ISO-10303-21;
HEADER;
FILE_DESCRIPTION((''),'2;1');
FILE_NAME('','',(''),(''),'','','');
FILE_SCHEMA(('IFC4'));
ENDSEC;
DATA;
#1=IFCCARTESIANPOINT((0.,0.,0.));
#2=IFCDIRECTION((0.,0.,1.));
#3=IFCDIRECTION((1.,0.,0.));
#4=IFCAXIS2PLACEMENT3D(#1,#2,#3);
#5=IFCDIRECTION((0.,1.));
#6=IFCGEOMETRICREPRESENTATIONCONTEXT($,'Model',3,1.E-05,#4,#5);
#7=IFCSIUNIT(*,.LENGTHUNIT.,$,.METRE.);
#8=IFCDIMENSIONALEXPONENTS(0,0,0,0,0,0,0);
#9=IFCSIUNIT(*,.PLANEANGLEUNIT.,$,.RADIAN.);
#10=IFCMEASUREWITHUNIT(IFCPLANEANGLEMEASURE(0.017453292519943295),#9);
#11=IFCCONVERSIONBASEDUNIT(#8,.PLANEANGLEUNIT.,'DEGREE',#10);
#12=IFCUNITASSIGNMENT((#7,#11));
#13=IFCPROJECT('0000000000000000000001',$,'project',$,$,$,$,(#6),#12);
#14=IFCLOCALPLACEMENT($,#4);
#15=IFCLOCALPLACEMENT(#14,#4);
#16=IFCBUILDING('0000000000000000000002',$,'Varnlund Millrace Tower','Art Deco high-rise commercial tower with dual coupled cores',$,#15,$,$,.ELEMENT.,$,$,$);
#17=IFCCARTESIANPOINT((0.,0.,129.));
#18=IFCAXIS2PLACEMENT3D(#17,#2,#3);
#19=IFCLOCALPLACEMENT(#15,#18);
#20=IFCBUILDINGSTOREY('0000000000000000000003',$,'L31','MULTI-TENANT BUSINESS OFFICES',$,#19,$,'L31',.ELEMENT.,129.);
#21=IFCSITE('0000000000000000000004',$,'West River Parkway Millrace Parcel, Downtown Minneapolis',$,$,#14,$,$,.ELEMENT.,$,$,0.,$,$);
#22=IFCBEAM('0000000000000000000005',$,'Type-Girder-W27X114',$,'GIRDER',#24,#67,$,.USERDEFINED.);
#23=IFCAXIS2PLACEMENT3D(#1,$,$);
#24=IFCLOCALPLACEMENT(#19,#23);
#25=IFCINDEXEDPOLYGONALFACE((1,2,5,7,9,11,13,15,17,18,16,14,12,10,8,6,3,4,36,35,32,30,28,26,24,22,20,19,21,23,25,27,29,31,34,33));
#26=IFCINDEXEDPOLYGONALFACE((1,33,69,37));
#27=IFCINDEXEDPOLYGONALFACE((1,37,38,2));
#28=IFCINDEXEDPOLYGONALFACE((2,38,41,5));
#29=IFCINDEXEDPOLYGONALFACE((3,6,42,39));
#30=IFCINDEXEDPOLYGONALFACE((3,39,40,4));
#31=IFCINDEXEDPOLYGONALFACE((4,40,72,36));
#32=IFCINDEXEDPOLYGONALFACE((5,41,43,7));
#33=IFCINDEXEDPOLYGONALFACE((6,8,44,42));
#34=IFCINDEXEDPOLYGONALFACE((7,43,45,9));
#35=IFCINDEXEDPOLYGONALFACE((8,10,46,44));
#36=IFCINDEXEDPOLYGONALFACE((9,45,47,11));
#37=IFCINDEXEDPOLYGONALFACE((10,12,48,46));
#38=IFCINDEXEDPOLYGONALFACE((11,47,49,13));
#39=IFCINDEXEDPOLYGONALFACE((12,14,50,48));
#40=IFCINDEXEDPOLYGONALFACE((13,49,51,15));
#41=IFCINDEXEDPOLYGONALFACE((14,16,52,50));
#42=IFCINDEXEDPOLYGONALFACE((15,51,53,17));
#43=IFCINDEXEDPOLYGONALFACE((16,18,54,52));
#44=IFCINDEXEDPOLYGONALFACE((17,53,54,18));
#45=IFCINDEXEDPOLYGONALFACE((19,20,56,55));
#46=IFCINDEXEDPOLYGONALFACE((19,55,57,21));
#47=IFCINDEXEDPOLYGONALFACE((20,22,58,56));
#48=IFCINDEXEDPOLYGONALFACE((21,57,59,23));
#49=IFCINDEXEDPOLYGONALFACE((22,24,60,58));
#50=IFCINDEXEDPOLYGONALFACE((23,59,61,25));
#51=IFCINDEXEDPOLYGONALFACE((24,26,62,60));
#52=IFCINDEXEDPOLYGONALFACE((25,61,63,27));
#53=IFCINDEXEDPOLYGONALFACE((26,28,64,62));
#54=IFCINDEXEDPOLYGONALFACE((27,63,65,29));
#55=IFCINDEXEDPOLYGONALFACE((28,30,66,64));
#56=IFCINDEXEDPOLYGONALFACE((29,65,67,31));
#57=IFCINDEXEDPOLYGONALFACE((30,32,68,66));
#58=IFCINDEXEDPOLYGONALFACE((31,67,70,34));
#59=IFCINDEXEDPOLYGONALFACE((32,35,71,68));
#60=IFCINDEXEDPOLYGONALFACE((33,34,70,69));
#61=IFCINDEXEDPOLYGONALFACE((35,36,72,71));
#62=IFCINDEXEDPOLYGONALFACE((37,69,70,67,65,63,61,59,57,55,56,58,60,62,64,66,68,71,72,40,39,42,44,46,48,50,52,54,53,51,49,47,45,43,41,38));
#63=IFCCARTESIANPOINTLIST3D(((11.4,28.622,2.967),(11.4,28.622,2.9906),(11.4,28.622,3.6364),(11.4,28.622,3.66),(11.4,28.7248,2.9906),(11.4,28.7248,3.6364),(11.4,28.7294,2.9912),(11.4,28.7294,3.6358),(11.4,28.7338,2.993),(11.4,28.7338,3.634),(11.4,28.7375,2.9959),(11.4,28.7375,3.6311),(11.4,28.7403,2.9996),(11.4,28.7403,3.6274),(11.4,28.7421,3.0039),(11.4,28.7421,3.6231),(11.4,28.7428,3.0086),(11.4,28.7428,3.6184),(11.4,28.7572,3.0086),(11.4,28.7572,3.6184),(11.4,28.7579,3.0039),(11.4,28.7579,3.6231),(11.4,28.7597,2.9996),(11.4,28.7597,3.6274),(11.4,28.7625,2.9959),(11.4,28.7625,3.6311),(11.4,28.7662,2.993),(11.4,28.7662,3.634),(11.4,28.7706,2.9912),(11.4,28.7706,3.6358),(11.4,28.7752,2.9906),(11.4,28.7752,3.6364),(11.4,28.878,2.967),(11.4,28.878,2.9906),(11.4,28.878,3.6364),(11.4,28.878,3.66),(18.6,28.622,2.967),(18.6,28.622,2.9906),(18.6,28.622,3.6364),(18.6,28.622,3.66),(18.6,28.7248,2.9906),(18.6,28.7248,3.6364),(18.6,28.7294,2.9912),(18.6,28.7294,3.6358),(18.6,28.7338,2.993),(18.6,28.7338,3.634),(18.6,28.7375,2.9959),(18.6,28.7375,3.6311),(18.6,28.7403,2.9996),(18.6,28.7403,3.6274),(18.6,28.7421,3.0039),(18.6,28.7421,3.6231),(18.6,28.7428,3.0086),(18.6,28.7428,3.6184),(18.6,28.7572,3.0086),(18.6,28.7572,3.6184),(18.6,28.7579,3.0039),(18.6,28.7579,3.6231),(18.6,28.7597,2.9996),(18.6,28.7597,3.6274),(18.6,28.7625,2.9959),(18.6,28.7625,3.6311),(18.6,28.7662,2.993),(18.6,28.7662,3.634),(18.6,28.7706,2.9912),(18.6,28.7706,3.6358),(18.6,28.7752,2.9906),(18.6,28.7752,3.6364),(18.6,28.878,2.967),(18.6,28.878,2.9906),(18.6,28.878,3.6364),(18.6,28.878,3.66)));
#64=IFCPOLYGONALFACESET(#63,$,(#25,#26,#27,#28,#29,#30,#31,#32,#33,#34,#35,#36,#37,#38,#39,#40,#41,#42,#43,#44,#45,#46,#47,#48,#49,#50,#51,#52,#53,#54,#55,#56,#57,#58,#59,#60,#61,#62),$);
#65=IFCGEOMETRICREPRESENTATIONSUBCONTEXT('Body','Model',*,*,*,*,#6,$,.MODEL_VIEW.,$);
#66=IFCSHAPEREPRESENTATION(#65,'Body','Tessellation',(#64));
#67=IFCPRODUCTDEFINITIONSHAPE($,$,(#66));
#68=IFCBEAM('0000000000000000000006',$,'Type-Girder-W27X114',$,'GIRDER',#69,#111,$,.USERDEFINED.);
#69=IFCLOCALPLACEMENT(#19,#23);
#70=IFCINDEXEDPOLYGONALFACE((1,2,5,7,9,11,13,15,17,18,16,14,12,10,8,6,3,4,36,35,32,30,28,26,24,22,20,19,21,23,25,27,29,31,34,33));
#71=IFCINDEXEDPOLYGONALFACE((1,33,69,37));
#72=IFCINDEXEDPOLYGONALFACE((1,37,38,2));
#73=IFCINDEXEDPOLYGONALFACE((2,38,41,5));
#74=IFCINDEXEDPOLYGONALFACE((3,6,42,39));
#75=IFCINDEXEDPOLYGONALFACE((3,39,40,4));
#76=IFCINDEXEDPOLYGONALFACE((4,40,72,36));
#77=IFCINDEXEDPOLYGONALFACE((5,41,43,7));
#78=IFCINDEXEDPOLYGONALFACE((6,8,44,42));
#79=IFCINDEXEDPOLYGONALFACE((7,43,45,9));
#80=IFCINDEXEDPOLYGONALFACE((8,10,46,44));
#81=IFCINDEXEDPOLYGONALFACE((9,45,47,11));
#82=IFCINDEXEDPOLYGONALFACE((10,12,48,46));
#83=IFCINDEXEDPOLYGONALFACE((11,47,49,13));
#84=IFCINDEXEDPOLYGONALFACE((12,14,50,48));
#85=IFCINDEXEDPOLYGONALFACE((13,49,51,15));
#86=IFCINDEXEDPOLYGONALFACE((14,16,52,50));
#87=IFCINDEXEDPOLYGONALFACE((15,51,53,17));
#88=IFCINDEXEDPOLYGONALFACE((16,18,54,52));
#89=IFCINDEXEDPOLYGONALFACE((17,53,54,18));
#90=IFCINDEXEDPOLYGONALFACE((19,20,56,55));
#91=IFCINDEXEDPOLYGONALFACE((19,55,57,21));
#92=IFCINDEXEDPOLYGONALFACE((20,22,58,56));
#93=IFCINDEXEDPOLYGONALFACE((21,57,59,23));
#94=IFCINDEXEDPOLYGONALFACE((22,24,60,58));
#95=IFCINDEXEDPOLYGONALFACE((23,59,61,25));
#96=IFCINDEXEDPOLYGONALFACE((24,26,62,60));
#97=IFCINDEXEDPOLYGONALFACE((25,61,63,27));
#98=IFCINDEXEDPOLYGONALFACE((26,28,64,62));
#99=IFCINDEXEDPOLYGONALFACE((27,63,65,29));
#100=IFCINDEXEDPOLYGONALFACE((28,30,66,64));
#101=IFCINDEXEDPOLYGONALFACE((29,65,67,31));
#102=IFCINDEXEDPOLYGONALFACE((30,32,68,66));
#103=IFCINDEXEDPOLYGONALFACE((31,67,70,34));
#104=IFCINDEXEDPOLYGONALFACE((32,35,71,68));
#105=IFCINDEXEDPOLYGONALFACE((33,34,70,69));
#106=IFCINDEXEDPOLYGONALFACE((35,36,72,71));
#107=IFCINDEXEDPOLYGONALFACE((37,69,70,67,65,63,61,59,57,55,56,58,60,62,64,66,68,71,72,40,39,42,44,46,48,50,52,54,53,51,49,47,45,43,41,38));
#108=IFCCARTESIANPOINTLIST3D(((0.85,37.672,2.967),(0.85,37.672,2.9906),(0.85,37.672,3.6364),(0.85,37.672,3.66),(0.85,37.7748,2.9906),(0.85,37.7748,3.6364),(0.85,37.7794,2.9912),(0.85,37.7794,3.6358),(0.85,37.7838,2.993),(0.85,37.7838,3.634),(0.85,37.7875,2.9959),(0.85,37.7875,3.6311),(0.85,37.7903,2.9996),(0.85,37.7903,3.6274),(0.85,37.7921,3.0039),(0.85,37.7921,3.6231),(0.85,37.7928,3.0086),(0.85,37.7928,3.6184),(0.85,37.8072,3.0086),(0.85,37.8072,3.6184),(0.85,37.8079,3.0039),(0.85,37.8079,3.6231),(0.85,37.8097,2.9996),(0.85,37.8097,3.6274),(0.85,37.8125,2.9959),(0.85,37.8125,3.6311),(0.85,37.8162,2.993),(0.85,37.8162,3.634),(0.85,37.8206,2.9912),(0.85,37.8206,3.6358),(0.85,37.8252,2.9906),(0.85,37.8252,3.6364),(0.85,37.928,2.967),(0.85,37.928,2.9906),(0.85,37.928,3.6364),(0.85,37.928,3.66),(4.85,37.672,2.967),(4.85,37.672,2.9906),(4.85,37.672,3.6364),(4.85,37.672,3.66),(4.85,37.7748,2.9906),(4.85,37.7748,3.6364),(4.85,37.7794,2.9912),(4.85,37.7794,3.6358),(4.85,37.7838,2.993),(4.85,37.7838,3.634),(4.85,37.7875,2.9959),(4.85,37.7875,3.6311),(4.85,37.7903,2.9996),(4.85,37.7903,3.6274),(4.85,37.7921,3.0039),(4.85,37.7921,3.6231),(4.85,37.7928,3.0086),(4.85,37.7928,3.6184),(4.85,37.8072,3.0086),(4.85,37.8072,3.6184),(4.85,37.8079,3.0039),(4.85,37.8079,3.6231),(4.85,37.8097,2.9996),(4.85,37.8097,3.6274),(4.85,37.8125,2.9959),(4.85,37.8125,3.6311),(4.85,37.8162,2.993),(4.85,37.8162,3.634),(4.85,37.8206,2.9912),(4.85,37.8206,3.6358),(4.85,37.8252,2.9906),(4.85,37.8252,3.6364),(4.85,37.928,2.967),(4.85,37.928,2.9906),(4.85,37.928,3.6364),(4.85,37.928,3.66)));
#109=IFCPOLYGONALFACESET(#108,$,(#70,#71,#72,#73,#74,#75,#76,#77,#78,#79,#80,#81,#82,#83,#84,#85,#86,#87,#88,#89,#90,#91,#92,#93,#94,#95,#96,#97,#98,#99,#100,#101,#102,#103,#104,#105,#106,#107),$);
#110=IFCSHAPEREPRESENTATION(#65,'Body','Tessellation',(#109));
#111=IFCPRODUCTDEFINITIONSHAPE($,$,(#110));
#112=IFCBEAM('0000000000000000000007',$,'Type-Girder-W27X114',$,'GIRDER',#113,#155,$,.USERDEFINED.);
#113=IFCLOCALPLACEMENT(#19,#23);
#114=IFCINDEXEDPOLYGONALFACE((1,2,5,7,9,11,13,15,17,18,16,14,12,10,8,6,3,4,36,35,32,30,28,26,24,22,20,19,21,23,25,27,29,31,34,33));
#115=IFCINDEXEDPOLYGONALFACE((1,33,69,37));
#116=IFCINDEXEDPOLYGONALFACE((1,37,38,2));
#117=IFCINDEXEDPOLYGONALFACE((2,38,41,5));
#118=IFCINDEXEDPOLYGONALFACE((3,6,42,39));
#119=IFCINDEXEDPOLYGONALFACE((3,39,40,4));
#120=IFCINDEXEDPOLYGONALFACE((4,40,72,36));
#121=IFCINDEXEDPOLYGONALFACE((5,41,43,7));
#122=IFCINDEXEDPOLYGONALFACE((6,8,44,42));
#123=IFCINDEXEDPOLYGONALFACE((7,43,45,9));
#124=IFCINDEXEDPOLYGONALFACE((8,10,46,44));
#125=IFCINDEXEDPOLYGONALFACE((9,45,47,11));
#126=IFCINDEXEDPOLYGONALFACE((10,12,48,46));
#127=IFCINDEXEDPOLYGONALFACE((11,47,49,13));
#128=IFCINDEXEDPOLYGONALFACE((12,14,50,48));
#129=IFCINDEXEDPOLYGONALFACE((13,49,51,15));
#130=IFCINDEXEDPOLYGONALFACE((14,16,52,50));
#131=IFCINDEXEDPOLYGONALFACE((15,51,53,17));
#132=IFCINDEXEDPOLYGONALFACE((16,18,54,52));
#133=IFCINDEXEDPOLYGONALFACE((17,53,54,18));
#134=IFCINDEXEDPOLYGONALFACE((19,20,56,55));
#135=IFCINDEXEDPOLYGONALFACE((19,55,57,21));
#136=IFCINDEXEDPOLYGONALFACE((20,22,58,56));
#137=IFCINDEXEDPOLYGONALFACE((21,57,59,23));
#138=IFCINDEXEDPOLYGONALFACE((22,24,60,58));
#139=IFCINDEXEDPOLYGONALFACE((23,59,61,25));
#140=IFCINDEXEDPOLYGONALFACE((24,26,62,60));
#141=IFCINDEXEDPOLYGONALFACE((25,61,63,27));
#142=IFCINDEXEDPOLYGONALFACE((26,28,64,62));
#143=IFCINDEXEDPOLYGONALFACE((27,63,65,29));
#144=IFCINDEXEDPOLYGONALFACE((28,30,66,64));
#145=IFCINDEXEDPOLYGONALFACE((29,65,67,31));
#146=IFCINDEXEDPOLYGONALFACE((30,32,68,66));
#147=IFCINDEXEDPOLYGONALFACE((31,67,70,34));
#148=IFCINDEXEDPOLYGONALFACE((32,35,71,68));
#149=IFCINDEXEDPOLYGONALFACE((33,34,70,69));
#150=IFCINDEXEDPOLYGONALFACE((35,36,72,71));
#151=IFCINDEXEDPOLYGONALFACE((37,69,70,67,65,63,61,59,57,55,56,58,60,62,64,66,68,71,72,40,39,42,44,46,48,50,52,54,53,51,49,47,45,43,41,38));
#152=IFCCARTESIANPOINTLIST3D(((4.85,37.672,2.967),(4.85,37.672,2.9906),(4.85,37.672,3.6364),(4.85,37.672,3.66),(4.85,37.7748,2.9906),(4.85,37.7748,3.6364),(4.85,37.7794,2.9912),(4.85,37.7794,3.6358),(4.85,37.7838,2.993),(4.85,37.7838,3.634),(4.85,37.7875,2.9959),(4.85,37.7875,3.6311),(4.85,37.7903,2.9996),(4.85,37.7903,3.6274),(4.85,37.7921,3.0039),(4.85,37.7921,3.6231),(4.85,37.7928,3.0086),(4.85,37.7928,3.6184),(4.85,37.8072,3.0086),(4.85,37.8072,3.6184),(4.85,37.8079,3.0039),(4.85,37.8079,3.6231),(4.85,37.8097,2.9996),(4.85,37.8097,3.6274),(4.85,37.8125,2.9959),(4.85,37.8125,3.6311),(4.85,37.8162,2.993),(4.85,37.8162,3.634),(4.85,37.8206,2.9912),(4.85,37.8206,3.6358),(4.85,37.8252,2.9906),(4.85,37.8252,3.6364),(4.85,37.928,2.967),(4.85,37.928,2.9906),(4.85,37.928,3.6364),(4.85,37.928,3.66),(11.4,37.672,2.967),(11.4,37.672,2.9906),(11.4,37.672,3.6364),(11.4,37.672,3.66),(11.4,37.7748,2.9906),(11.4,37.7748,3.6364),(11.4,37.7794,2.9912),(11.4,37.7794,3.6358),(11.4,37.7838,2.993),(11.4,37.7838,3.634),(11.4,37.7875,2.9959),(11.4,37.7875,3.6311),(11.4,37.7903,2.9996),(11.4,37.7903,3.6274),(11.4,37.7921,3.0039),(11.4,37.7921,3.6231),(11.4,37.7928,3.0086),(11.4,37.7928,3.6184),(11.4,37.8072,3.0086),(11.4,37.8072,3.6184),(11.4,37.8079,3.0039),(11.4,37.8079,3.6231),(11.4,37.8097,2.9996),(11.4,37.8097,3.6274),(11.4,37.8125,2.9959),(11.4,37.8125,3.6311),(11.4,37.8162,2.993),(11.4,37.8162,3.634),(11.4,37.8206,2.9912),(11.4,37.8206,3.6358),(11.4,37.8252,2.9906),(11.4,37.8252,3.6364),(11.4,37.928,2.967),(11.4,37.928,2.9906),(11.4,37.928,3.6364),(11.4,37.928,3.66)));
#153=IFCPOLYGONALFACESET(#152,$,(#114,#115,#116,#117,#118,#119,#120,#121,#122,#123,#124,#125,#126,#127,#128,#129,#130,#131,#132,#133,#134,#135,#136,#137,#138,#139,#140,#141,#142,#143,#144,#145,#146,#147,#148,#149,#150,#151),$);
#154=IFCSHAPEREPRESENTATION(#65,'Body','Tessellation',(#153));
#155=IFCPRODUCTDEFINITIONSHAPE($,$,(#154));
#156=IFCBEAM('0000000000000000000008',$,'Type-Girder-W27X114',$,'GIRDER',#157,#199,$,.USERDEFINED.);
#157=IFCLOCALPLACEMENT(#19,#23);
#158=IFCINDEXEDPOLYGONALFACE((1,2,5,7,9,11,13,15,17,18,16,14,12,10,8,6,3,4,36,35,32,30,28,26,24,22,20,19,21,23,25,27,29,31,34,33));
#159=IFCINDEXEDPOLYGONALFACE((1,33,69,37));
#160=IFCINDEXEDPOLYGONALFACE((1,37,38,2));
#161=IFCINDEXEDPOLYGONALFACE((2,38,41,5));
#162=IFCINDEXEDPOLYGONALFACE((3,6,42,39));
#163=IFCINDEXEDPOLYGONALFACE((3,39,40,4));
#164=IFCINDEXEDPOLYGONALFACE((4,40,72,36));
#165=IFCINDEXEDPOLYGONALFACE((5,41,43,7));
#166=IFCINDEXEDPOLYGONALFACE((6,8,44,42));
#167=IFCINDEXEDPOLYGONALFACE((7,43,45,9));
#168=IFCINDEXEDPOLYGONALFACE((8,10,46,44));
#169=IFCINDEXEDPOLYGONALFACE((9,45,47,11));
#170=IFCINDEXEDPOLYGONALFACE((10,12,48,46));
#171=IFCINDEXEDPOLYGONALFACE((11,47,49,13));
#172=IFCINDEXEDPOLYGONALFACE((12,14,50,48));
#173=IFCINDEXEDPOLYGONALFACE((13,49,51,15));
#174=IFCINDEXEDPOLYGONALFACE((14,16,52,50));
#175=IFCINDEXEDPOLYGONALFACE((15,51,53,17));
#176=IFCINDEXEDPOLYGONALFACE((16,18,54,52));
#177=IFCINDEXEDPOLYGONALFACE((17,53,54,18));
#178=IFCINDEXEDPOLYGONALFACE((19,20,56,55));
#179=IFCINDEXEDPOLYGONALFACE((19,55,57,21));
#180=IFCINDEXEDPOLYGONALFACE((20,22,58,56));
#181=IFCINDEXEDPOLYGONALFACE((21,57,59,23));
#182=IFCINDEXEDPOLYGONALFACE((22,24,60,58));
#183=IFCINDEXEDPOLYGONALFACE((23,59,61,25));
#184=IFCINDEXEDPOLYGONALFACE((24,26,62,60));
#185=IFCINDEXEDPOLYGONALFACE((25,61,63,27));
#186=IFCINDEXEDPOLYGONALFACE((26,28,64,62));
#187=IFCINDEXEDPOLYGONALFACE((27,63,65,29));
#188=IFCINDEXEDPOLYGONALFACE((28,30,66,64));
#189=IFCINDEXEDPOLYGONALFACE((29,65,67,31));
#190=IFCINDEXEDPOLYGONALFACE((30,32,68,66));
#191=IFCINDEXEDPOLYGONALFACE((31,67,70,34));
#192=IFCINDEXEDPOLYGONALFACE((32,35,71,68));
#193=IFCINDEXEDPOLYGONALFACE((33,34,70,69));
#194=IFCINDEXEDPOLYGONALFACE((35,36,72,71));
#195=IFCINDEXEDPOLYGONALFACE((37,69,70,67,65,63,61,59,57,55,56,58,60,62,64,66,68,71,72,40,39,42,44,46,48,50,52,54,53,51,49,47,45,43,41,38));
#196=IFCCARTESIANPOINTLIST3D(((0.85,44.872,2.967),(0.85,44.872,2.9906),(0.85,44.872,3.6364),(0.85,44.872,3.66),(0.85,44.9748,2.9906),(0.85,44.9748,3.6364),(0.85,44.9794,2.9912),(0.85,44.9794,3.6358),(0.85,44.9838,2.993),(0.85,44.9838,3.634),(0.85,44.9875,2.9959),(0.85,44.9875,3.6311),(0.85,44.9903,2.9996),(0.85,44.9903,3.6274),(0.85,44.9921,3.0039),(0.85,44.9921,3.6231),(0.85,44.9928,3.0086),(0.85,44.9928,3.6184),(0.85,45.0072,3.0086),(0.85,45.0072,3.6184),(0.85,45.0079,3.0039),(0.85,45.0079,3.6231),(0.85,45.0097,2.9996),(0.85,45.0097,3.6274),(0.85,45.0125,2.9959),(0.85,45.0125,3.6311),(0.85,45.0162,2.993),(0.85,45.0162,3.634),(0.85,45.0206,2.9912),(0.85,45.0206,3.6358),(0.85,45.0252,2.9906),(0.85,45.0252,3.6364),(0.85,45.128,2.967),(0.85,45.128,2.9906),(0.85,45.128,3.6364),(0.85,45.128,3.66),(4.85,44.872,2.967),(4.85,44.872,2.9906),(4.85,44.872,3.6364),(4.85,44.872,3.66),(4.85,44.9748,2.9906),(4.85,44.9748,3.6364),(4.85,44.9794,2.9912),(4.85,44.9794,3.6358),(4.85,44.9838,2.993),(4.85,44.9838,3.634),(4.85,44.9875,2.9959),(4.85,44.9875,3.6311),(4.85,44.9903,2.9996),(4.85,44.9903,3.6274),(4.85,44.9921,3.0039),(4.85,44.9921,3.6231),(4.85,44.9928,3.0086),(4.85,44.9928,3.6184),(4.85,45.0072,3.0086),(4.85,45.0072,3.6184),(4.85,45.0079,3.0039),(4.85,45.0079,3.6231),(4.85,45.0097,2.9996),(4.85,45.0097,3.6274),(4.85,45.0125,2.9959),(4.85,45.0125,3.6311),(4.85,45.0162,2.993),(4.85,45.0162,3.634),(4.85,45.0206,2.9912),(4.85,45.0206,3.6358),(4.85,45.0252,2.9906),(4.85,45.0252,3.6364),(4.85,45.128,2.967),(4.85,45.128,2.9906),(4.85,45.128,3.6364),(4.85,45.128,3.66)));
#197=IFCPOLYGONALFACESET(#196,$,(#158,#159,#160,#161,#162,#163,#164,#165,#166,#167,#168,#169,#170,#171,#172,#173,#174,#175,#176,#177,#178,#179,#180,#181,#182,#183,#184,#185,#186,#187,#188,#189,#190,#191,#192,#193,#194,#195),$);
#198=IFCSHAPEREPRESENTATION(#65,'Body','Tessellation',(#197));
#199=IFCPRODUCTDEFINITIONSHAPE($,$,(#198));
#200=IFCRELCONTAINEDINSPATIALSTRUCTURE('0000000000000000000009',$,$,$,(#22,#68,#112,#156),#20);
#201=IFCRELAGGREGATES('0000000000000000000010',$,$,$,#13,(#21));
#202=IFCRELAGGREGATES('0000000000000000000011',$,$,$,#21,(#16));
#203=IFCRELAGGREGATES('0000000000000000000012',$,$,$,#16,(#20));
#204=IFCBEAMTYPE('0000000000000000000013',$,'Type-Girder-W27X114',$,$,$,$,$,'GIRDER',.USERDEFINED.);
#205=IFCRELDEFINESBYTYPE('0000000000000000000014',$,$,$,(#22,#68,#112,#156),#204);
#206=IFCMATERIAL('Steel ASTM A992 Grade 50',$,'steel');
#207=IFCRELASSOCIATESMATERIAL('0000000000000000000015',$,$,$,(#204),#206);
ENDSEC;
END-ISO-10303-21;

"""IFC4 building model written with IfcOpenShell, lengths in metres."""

from ifc_helpers import new_model, entity, si_unit, converted_unit, direction, frame, origin_with_axes, origin_2d_with_axis, place, context, subcontext, project, spatial, i_section, extrude, material, material_profile, profile_set, type_object, element, save


model = new_model("IFC4")

# Units and contexts
model_context = context("Model", 3, precision=1e-05, world=origin_with_axes(), true_north=direction((0.0, 1.0)))
body_context = subcontext(model_context, "Body", "Model", "MODEL_VIEW")
ifc_project = project(units=[si_unit("LENGTHUNIT", "METRE"), converted_unit("PLANEANGLEUNIT", "DEGREE", entity("IfcPlaneAngleMeasure", 0.017453292519943295), si_unit("PLANEANGLEUNIT", "RADIAN"), dimensions=[0, 0, 0, 0, 0, 0, 0])], contexts=[model_context])

# Site, building, storey
site_placement = place(None, origin_with_axes())
site = spatial("IfcSite", under=ifc_project, at=site_placement, Name="West River Parkway Millrace Parcel, Downtown Minneapolis", CompositionType="ELEMENT", RefElevation=0.0)
building_placement = place(site_placement, origin_with_axes())
building = spatial("IfcBuilding", under=site, at=building_placement, Name="Varnlund Millrace Tower", Description="Art Deco high-rise commercial tower with dual coupled cores", CompositionType="ELEMENT")
storey_placement = place(building_placement, frame((0.0, 0.0, 129.0), z_axis=(0.0, 0.0, 1.0), x_axis=(1.0, 0.0, 0.0)))
storey = spatial("IfcBuildingStorey", under=building, at=storey_placement, Name="L31", Description="MULTI-TENANT BUSINESS OFFICES", LongName="L31", CompositionType="ELEMENT", Elevation=129.0)

# Beams
ifc_material_1 = material(Name="Steel ASTM A992 Grade 50", Category="steel")
ifc_material_profile_1 = material_profile(ifc_material_1, i_section(OverallWidth=0.256, OverallDepth=0.693, WebThickness=0.0145, FlangeThickness=0.0236, FilletRadius=0.018, at=origin_2d_with_axis()), Name="Steel ASTM A992 Grade 50")
ifc_profile_set_1 = profile_set([ifc_material_profile_1], Name="Steel ASTM A992 Grade 50")
beam_type_1 = type_object("IfcBeamType", Name="Type-Girder-W27X114", ElementType="GIRDER", PredefinedType="USERDEFINED", material=ifc_profile_set_1)
beam_1_placement = place(storey_placement, frame((11.4, 28.75, 3.3135), z_axis=(1.0, 0.0, 0.0), x_axis=(0.0, 1.0, 0.0)))
element("IfcBeam", 1, at=beam_1_placement, inside=storey, type_object=beam_type_1, Name="Type-Girder-W27X114", ObjectType="GIRDER", PredefinedType="USERDEFINED", context=body_context, shape_type="SweptSolid", body=[
    extrude(i_section(OverallWidth=0.256, OverallDepth=0.693, WebThickness=0.0145, FlangeThickness=0.0236, FilletRadius=0.018, at=origin_2d_with_axis()), origin_with_axes(), (0.0, 0.0, 1.0), 7.2),
])
beam_2_placement = place(storey_placement, frame((0.85, 37.8, 3.3135), z_axis=(1.0, 0.0, 0.0), x_axis=(0.0, 1.0, 0.0)))
element("IfcBeam", 2, at=beam_2_placement, inside=storey, type_object=beam_type_1, Name="Type-Girder-W27X114", ObjectType="GIRDER", PredefinedType="USERDEFINED", context=body_context, shape_type="SweptSolid", body=[
    extrude(i_section(OverallWidth=0.256, OverallDepth=0.693, WebThickness=0.0145, FlangeThickness=0.0236, FilletRadius=0.018, at=origin_2d_with_axis()), origin_with_axes(), (0.0, 0.0, 1.0), 4.0),
])
beam_3_placement = place(storey_placement, frame((4.85, 37.8, 3.3135), z_axis=(1.0, 0.0, 0.0), x_axis=(0.0, 1.0, 0.0)))
element("IfcBeam", 3, at=beam_3_placement, inside=storey, type_object=beam_type_1, Name="Type-Girder-W27X114", ObjectType="GIRDER", PredefinedType="USERDEFINED", context=body_context, shape_type="SweptSolid", body=[
    extrude(i_section(OverallWidth=0.256, OverallDepth=0.693, WebThickness=0.0145, FlangeThickness=0.0236, FilletRadius=0.018, at=origin_2d_with_axis()), origin_with_axes(), (0.0, 0.0, 1.0), 6.55),
])
beam_4_placement = place(storey_placement, frame((0.85, 45.0, 3.3135), z_axis=(1.0, 0.0, 0.0), x_axis=(0.0, 1.0, 0.0)))
element("IfcBeam", 4, at=beam_4_placement, inside=storey, type_object=beam_type_1, Name="Type-Girder-W27X114", ObjectType="GIRDER", PredefinedType="USERDEFINED", context=body_context, shape_type="SweptSolid", body=[
    extrude(i_section(OverallWidth=0.256, OverallDepth=0.693, WebThickness=0.0145, FlangeThickness=0.0236, FilletRadius=0.018, at=origin_2d_with_axis()), origin_with_axes(), (0.0, 0.0, 1.0), 4.0),
])

save(model, "model.ifc")
